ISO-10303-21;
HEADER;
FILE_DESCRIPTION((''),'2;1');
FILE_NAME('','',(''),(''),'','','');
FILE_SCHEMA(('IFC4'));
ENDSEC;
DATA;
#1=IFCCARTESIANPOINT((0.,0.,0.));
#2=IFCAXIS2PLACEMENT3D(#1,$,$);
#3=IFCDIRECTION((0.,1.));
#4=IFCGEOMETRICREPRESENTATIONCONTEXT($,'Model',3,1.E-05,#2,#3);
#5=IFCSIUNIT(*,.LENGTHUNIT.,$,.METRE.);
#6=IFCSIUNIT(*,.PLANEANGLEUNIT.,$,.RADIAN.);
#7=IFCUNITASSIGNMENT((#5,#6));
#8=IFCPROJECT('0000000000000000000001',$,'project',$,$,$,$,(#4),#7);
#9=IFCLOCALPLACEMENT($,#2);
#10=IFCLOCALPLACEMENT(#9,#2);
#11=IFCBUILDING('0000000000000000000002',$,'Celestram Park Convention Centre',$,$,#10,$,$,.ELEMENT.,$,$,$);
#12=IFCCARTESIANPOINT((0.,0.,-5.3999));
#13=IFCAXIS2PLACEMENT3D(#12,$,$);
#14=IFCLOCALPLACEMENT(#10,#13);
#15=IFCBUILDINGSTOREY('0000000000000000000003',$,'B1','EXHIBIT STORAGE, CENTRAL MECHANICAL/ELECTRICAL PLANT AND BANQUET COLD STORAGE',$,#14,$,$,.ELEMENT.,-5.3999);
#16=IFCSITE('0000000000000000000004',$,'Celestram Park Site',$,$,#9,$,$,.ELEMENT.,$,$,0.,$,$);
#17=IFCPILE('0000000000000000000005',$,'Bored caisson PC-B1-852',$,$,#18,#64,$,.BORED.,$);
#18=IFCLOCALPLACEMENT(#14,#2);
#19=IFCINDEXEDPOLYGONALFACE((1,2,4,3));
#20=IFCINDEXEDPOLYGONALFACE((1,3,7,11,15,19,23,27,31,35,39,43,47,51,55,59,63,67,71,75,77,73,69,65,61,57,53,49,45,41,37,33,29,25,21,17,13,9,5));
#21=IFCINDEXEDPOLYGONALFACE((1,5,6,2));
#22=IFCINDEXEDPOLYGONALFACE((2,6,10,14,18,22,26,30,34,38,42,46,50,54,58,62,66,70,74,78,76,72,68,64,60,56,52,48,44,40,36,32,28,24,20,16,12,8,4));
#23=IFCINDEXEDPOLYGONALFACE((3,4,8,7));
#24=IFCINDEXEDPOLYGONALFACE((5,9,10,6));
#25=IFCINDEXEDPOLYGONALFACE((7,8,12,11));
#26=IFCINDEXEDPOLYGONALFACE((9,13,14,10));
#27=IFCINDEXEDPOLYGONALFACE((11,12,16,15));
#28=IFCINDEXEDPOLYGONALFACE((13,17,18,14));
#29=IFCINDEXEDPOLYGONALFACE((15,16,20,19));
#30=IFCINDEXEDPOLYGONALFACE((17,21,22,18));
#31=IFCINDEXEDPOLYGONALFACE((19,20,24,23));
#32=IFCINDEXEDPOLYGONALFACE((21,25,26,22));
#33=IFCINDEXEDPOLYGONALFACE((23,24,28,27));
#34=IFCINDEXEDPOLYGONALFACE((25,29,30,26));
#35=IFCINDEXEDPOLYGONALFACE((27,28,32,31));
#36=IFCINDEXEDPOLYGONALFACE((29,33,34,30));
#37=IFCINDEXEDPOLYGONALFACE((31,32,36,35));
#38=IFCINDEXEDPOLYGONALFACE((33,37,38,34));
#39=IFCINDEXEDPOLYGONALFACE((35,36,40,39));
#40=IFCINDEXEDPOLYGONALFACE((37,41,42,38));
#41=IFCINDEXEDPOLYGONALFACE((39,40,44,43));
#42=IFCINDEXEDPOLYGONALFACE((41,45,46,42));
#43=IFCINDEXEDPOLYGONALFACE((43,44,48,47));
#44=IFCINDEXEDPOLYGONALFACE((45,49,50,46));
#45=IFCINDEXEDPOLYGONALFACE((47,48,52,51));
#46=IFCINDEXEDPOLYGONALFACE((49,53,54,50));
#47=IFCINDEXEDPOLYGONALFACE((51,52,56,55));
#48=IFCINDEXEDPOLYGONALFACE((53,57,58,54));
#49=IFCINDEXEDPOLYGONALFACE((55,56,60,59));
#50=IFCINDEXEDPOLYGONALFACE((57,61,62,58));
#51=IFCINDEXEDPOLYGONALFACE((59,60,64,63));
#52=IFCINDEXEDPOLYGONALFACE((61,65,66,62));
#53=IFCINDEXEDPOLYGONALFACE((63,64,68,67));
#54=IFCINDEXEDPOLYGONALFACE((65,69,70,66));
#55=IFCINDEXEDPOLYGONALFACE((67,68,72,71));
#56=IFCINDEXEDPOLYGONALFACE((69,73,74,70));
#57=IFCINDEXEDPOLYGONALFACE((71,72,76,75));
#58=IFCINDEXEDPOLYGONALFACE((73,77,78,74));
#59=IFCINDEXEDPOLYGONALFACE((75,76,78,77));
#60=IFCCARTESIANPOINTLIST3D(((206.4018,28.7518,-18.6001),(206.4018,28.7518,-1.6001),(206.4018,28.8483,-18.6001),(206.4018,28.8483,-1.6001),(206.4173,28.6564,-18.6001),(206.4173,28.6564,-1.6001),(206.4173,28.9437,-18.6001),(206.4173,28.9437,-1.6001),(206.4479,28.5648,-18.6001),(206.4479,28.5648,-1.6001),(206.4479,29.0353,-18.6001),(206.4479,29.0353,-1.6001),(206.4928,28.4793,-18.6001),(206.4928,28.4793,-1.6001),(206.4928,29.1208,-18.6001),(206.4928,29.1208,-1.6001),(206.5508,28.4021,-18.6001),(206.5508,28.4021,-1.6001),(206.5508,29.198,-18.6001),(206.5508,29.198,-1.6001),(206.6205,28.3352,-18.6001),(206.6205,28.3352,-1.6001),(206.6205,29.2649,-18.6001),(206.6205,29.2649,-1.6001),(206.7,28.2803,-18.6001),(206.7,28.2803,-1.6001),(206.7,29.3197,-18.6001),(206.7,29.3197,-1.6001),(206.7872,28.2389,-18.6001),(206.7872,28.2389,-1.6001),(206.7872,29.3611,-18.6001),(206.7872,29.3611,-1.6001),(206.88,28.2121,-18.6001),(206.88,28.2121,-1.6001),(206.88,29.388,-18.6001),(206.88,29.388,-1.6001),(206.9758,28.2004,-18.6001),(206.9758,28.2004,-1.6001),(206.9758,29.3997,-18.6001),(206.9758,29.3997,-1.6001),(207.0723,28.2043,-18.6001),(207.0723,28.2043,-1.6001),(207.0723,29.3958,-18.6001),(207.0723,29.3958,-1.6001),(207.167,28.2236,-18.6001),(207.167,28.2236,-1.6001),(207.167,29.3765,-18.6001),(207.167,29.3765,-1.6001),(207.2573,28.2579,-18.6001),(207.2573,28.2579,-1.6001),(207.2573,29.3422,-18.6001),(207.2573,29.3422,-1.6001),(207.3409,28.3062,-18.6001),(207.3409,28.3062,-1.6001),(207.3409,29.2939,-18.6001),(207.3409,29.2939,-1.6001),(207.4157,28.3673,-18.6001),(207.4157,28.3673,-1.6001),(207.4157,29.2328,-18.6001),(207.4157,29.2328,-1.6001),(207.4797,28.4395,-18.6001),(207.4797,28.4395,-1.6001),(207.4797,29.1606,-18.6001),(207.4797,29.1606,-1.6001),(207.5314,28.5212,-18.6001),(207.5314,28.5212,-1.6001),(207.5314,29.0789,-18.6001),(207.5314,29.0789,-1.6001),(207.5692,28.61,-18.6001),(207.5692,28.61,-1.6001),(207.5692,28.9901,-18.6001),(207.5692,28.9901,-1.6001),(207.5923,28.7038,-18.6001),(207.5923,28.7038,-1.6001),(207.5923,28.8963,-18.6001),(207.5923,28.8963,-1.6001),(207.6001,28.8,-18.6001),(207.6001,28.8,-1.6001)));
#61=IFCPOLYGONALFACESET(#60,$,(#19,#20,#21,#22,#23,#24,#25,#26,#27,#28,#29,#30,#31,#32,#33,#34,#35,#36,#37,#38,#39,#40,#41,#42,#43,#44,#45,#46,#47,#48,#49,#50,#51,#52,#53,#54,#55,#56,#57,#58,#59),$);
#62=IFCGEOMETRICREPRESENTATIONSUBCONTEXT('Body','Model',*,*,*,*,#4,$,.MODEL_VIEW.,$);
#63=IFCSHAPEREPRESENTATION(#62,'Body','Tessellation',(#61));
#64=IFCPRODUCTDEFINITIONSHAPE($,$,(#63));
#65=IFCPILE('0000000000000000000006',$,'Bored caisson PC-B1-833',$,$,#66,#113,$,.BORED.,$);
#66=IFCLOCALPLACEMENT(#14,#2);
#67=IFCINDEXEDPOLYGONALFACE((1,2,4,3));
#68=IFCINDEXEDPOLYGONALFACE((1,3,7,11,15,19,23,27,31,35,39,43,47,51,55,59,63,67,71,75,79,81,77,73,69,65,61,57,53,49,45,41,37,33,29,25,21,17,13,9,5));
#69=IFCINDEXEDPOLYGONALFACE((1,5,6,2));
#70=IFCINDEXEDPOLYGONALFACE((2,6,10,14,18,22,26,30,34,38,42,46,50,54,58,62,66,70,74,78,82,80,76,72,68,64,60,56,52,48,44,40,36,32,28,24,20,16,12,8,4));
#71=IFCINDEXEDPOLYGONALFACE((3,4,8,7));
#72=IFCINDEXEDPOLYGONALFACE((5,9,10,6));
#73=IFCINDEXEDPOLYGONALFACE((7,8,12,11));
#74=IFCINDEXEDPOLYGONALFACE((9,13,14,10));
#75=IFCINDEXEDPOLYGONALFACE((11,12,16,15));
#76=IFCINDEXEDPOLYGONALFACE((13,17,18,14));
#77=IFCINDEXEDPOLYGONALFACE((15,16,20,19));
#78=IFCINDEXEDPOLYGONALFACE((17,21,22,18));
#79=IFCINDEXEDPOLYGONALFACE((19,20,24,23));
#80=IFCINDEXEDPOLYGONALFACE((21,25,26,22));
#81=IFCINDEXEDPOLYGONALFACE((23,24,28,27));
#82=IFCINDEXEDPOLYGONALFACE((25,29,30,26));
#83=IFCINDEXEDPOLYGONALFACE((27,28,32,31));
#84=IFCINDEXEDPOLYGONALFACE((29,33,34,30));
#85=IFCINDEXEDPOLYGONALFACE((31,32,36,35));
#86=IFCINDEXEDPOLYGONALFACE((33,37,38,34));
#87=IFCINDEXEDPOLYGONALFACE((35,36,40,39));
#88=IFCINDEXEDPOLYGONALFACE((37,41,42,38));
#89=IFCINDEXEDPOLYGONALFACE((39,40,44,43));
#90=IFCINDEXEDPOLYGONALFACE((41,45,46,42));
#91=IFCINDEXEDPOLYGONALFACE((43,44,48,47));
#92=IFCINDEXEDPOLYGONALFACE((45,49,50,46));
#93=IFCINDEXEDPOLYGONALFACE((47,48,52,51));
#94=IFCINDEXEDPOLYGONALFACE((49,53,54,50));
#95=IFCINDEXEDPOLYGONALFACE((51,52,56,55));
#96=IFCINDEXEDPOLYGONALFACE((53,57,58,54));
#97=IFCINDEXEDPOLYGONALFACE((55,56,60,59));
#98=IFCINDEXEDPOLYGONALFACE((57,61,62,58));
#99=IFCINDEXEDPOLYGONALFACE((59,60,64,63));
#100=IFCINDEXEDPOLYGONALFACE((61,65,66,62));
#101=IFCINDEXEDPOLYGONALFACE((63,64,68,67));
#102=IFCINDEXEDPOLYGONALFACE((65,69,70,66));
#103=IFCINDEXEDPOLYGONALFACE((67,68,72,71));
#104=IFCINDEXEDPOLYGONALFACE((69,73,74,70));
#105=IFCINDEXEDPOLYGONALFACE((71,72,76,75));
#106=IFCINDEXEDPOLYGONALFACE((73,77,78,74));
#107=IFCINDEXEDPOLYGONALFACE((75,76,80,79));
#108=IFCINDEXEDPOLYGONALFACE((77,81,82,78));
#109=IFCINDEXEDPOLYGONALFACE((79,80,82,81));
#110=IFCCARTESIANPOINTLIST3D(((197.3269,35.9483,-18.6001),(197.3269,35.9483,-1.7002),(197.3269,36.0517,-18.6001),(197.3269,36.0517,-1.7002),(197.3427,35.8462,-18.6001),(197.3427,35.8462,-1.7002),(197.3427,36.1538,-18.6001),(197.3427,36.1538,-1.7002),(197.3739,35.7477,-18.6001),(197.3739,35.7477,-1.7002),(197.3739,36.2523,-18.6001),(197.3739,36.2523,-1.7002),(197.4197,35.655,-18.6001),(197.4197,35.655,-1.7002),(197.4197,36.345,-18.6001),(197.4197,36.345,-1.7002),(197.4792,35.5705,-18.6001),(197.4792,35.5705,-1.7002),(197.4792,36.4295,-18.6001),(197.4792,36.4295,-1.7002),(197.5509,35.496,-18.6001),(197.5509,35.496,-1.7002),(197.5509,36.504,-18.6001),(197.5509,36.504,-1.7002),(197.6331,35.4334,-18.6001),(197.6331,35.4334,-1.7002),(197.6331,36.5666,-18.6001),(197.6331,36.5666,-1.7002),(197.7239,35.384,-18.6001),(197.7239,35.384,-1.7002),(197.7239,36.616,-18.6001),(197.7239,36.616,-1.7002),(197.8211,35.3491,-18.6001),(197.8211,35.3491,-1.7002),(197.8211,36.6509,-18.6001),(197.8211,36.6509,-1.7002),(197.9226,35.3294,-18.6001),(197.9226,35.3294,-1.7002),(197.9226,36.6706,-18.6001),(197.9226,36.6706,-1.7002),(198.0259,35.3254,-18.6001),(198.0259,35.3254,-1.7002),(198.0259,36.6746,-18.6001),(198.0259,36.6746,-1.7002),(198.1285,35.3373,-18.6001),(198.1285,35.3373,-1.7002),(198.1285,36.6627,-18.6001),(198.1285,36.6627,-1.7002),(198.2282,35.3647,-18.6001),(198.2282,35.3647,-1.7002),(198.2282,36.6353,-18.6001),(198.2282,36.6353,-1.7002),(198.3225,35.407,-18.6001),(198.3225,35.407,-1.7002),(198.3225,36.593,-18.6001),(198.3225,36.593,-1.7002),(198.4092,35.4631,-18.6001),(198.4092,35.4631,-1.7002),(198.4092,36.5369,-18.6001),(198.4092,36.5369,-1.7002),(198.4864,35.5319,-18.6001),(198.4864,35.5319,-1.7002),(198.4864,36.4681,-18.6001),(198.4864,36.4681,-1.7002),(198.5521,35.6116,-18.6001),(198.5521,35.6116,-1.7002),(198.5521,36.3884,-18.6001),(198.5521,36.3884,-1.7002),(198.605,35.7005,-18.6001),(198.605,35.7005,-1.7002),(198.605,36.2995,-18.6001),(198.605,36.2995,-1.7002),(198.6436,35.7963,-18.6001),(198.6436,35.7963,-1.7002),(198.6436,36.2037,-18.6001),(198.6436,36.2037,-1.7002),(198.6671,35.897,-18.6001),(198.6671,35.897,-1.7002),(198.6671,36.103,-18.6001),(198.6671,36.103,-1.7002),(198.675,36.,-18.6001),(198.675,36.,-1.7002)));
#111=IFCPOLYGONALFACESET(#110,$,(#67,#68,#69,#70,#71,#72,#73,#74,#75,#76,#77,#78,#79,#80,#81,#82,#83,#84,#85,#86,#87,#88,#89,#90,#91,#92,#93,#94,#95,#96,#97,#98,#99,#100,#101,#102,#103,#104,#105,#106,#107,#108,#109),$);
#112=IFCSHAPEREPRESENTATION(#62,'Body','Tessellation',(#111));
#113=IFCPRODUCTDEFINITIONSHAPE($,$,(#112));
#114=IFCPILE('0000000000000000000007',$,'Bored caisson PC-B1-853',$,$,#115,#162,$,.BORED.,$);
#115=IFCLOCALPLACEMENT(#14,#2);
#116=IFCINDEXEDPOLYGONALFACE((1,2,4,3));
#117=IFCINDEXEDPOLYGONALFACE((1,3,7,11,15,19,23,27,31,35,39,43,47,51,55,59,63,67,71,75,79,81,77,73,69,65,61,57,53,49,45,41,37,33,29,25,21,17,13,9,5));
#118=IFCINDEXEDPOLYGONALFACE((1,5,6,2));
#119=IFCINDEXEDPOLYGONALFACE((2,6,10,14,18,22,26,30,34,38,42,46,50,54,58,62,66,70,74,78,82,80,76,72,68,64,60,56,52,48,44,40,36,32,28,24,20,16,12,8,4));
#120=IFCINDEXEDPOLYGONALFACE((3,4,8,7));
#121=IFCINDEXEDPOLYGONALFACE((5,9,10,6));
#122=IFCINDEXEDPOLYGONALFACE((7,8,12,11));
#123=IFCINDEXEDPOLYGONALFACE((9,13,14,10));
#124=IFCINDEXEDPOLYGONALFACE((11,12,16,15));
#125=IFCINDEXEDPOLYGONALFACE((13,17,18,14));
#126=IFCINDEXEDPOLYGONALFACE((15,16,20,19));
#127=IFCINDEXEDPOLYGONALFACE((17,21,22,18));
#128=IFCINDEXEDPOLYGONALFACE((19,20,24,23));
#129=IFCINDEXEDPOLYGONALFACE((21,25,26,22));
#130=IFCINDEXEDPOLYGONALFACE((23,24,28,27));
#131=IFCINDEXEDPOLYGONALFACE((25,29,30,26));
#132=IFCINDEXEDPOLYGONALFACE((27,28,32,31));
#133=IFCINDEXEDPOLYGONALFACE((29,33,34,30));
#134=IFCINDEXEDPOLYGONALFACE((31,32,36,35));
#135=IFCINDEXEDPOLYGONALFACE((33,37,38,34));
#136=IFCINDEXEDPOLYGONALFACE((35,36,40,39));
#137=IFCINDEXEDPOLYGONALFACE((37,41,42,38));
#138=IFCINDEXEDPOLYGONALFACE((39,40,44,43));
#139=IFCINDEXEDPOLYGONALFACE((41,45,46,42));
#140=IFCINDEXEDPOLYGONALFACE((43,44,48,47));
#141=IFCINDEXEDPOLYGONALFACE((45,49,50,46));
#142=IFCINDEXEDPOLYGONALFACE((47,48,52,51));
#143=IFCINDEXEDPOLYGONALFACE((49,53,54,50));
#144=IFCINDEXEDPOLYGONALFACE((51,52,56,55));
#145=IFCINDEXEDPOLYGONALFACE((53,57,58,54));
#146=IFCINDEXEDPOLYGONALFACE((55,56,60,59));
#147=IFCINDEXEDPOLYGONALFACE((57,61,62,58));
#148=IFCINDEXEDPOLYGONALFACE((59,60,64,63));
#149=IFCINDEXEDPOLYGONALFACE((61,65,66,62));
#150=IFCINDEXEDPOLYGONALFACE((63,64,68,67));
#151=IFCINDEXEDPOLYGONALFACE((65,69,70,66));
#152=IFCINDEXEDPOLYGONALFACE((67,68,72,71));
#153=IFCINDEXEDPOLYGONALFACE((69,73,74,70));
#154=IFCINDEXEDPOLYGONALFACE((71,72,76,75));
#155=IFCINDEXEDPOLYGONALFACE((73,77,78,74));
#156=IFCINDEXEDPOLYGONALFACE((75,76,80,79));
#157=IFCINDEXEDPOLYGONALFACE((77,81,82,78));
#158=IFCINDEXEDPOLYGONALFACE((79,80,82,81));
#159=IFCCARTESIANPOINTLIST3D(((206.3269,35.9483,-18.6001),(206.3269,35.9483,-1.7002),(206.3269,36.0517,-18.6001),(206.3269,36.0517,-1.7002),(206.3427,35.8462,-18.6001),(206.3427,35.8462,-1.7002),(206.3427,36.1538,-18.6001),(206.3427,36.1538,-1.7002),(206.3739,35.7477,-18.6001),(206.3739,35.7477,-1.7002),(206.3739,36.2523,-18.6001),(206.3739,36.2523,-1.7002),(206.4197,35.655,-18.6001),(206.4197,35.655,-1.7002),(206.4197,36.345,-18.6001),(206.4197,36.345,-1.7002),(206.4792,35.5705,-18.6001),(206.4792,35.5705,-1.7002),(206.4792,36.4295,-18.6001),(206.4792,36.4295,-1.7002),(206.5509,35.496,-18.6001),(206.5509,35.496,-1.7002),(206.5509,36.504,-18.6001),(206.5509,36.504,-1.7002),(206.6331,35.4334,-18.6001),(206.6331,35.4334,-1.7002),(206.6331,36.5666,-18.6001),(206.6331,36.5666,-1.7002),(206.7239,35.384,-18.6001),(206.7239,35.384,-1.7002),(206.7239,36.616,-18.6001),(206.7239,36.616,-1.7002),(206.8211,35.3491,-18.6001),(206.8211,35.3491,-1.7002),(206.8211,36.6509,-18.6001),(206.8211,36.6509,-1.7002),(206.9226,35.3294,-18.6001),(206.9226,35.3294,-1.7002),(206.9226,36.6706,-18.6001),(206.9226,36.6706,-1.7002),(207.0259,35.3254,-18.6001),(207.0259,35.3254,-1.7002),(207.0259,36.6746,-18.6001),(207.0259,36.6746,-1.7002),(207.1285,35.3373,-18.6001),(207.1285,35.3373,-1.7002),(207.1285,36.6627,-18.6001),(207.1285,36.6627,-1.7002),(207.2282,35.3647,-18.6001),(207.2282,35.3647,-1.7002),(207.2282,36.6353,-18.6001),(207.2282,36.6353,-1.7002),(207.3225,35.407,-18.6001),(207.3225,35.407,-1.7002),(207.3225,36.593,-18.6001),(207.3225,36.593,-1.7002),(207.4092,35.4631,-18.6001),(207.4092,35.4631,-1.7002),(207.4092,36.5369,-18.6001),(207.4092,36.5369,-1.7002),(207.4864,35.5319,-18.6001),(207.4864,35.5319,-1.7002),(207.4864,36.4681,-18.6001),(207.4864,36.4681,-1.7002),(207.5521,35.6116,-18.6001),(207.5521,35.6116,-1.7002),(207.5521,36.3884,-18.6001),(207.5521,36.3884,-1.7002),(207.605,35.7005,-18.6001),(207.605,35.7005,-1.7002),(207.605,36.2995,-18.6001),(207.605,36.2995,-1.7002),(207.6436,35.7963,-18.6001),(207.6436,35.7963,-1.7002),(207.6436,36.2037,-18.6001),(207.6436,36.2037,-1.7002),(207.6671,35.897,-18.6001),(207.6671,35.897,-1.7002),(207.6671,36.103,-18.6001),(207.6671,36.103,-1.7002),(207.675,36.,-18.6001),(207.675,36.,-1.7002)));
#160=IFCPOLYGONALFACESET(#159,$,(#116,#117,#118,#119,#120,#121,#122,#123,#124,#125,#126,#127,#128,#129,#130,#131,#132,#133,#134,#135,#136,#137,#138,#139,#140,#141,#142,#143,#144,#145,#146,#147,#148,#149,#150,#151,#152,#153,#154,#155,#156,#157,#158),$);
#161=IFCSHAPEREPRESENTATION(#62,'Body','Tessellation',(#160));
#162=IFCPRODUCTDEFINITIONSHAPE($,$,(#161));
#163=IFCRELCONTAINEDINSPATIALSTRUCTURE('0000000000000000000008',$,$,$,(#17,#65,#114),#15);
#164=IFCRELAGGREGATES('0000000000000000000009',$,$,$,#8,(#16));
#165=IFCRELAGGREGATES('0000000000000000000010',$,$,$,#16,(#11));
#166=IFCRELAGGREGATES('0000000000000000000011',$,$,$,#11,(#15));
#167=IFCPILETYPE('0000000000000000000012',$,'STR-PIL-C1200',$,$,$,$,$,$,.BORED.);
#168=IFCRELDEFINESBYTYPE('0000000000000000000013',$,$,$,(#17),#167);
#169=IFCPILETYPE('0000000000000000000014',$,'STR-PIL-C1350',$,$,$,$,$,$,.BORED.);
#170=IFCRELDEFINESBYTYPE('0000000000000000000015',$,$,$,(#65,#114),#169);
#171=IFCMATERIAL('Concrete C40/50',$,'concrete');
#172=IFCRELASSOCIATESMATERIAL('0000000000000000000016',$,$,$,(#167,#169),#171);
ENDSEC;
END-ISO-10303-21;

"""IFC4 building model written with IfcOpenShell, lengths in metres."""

from ifc_helpers import new_model, si_unit, direction, frame, origin, origin_2d, place, context, subcontext, project, spatial, circle, extrude, material, material_profile, profile_set, type_object, element, save


model = new_model("IFC4")

# Units and contexts
model_context = context("Model", 3, precision=1e-05, world=origin(), true_north=direction((0.0, 1.0)))
body_context = subcontext(model_context, "Body", "Model", "MODEL_VIEW")
ifc_project = project(units=[si_unit("LENGTHUNIT", "METRE"), si_unit("PLANEANGLEUNIT", "RADIAN")], contexts=[model_context])

# Site, building, storey
site_placement = place(None, origin())
site = spatial("IfcSite", under=ifc_project, at=site_placement, Name="Celestram Park Site", CompositionType="ELEMENT", RefElevation=0.0)
building_placement = place(site_placement, origin())
building = spatial("IfcBuilding", under=site, at=building_placement, Name="Celestram Park Convention Centre", CompositionType="ELEMENT")
storey_placement = place(building_placement, frame((0.0, 0.0, -5.3999)))
storey = spatial("IfcBuildingStorey", under=building, at=storey_placement, Name="B1", Description="EXHIBIT STORAGE, CENTRAL MECHANICAL/ELECTRICAL PLANT AND BANQUET COLD STORAGE", CompositionType="ELEMENT", Elevation=-5.3999)

# Shared definitions
ifc_material_1 = material(Name="Concrete C40/50", Category="concrete")

# Piles
ifc_material_profile_1 = material_profile(ifc_material_1, circle(Radius=0.6001, at=origin_2d()), Name="CAISSON1200")
ifc_profile_set_1 = profile_set([ifc_material_profile_1], Name="Concrete C40/50")
pile_type_1 = type_object("IfcPileType", Name="STR-PIL-C1200", PredefinedType="BORED", material=ifc_profile_set_1)
for number, where, z_axis, x_axis, name in (
    (1, (207.0, 28.8, -1.6001), (0.0, 0.0, -1.0), (1.0, 0.0, 0.0), "Bored caisson PC-B1-852"),
):
    element("IfcPile", number, at=place(storey_placement, frame(where, z_axis=z_axis, x_axis=x_axis)), inside=storey, type_object=pile_type_1, Name=name, PredefinedType="BORED", context=body_context, shape_type="SweptSolid", body=[
        extrude(circle(Radius=0.6001, at=origin_2d()), origin(), (0.0, 0.0, 1.0), 17.0),
    ])
ifc_material_profile_2 = material_profile(ifc_material_1, circle(Radius=0.675, at=origin_2d()), Name="CAISSON1350")
ifc_profile_set_2 = profile_set([ifc_material_profile_2], Name="Concrete C40/50")
pile_type_2 = type_object("IfcPileType", Name="STR-PIL-C1350", PredefinedType="BORED", material=ifc_profile_set_2)
for number, where, z_axis, x_axis, name in (
    (2, (198.0, 36.0, -1.7002), (0.0, 0.0, -1.0), (1.0, 0.0, 0.0), "Bored caisson PC-B1-833"),
    (3, (207.0, 36.0, -1.7002), (0.0, 0.0, -1.0), (1.0, 0.0, 0.0), "Bored caisson PC-B1-853"),
):
    element("IfcPile", number, at=place(storey_placement, frame(where, z_axis=z_axis, x_axis=x_axis)), inside=storey, type_object=pile_type_2, Name=name, PredefinedType="BORED", context=body_context, shape_type="SweptSolid", body=[
        extrude(circle(Radius=0.675, at=origin_2d()), origin(), (0.0, 0.0, 1.0), 16.8999),
    ])

save(model, "model.ifc")
